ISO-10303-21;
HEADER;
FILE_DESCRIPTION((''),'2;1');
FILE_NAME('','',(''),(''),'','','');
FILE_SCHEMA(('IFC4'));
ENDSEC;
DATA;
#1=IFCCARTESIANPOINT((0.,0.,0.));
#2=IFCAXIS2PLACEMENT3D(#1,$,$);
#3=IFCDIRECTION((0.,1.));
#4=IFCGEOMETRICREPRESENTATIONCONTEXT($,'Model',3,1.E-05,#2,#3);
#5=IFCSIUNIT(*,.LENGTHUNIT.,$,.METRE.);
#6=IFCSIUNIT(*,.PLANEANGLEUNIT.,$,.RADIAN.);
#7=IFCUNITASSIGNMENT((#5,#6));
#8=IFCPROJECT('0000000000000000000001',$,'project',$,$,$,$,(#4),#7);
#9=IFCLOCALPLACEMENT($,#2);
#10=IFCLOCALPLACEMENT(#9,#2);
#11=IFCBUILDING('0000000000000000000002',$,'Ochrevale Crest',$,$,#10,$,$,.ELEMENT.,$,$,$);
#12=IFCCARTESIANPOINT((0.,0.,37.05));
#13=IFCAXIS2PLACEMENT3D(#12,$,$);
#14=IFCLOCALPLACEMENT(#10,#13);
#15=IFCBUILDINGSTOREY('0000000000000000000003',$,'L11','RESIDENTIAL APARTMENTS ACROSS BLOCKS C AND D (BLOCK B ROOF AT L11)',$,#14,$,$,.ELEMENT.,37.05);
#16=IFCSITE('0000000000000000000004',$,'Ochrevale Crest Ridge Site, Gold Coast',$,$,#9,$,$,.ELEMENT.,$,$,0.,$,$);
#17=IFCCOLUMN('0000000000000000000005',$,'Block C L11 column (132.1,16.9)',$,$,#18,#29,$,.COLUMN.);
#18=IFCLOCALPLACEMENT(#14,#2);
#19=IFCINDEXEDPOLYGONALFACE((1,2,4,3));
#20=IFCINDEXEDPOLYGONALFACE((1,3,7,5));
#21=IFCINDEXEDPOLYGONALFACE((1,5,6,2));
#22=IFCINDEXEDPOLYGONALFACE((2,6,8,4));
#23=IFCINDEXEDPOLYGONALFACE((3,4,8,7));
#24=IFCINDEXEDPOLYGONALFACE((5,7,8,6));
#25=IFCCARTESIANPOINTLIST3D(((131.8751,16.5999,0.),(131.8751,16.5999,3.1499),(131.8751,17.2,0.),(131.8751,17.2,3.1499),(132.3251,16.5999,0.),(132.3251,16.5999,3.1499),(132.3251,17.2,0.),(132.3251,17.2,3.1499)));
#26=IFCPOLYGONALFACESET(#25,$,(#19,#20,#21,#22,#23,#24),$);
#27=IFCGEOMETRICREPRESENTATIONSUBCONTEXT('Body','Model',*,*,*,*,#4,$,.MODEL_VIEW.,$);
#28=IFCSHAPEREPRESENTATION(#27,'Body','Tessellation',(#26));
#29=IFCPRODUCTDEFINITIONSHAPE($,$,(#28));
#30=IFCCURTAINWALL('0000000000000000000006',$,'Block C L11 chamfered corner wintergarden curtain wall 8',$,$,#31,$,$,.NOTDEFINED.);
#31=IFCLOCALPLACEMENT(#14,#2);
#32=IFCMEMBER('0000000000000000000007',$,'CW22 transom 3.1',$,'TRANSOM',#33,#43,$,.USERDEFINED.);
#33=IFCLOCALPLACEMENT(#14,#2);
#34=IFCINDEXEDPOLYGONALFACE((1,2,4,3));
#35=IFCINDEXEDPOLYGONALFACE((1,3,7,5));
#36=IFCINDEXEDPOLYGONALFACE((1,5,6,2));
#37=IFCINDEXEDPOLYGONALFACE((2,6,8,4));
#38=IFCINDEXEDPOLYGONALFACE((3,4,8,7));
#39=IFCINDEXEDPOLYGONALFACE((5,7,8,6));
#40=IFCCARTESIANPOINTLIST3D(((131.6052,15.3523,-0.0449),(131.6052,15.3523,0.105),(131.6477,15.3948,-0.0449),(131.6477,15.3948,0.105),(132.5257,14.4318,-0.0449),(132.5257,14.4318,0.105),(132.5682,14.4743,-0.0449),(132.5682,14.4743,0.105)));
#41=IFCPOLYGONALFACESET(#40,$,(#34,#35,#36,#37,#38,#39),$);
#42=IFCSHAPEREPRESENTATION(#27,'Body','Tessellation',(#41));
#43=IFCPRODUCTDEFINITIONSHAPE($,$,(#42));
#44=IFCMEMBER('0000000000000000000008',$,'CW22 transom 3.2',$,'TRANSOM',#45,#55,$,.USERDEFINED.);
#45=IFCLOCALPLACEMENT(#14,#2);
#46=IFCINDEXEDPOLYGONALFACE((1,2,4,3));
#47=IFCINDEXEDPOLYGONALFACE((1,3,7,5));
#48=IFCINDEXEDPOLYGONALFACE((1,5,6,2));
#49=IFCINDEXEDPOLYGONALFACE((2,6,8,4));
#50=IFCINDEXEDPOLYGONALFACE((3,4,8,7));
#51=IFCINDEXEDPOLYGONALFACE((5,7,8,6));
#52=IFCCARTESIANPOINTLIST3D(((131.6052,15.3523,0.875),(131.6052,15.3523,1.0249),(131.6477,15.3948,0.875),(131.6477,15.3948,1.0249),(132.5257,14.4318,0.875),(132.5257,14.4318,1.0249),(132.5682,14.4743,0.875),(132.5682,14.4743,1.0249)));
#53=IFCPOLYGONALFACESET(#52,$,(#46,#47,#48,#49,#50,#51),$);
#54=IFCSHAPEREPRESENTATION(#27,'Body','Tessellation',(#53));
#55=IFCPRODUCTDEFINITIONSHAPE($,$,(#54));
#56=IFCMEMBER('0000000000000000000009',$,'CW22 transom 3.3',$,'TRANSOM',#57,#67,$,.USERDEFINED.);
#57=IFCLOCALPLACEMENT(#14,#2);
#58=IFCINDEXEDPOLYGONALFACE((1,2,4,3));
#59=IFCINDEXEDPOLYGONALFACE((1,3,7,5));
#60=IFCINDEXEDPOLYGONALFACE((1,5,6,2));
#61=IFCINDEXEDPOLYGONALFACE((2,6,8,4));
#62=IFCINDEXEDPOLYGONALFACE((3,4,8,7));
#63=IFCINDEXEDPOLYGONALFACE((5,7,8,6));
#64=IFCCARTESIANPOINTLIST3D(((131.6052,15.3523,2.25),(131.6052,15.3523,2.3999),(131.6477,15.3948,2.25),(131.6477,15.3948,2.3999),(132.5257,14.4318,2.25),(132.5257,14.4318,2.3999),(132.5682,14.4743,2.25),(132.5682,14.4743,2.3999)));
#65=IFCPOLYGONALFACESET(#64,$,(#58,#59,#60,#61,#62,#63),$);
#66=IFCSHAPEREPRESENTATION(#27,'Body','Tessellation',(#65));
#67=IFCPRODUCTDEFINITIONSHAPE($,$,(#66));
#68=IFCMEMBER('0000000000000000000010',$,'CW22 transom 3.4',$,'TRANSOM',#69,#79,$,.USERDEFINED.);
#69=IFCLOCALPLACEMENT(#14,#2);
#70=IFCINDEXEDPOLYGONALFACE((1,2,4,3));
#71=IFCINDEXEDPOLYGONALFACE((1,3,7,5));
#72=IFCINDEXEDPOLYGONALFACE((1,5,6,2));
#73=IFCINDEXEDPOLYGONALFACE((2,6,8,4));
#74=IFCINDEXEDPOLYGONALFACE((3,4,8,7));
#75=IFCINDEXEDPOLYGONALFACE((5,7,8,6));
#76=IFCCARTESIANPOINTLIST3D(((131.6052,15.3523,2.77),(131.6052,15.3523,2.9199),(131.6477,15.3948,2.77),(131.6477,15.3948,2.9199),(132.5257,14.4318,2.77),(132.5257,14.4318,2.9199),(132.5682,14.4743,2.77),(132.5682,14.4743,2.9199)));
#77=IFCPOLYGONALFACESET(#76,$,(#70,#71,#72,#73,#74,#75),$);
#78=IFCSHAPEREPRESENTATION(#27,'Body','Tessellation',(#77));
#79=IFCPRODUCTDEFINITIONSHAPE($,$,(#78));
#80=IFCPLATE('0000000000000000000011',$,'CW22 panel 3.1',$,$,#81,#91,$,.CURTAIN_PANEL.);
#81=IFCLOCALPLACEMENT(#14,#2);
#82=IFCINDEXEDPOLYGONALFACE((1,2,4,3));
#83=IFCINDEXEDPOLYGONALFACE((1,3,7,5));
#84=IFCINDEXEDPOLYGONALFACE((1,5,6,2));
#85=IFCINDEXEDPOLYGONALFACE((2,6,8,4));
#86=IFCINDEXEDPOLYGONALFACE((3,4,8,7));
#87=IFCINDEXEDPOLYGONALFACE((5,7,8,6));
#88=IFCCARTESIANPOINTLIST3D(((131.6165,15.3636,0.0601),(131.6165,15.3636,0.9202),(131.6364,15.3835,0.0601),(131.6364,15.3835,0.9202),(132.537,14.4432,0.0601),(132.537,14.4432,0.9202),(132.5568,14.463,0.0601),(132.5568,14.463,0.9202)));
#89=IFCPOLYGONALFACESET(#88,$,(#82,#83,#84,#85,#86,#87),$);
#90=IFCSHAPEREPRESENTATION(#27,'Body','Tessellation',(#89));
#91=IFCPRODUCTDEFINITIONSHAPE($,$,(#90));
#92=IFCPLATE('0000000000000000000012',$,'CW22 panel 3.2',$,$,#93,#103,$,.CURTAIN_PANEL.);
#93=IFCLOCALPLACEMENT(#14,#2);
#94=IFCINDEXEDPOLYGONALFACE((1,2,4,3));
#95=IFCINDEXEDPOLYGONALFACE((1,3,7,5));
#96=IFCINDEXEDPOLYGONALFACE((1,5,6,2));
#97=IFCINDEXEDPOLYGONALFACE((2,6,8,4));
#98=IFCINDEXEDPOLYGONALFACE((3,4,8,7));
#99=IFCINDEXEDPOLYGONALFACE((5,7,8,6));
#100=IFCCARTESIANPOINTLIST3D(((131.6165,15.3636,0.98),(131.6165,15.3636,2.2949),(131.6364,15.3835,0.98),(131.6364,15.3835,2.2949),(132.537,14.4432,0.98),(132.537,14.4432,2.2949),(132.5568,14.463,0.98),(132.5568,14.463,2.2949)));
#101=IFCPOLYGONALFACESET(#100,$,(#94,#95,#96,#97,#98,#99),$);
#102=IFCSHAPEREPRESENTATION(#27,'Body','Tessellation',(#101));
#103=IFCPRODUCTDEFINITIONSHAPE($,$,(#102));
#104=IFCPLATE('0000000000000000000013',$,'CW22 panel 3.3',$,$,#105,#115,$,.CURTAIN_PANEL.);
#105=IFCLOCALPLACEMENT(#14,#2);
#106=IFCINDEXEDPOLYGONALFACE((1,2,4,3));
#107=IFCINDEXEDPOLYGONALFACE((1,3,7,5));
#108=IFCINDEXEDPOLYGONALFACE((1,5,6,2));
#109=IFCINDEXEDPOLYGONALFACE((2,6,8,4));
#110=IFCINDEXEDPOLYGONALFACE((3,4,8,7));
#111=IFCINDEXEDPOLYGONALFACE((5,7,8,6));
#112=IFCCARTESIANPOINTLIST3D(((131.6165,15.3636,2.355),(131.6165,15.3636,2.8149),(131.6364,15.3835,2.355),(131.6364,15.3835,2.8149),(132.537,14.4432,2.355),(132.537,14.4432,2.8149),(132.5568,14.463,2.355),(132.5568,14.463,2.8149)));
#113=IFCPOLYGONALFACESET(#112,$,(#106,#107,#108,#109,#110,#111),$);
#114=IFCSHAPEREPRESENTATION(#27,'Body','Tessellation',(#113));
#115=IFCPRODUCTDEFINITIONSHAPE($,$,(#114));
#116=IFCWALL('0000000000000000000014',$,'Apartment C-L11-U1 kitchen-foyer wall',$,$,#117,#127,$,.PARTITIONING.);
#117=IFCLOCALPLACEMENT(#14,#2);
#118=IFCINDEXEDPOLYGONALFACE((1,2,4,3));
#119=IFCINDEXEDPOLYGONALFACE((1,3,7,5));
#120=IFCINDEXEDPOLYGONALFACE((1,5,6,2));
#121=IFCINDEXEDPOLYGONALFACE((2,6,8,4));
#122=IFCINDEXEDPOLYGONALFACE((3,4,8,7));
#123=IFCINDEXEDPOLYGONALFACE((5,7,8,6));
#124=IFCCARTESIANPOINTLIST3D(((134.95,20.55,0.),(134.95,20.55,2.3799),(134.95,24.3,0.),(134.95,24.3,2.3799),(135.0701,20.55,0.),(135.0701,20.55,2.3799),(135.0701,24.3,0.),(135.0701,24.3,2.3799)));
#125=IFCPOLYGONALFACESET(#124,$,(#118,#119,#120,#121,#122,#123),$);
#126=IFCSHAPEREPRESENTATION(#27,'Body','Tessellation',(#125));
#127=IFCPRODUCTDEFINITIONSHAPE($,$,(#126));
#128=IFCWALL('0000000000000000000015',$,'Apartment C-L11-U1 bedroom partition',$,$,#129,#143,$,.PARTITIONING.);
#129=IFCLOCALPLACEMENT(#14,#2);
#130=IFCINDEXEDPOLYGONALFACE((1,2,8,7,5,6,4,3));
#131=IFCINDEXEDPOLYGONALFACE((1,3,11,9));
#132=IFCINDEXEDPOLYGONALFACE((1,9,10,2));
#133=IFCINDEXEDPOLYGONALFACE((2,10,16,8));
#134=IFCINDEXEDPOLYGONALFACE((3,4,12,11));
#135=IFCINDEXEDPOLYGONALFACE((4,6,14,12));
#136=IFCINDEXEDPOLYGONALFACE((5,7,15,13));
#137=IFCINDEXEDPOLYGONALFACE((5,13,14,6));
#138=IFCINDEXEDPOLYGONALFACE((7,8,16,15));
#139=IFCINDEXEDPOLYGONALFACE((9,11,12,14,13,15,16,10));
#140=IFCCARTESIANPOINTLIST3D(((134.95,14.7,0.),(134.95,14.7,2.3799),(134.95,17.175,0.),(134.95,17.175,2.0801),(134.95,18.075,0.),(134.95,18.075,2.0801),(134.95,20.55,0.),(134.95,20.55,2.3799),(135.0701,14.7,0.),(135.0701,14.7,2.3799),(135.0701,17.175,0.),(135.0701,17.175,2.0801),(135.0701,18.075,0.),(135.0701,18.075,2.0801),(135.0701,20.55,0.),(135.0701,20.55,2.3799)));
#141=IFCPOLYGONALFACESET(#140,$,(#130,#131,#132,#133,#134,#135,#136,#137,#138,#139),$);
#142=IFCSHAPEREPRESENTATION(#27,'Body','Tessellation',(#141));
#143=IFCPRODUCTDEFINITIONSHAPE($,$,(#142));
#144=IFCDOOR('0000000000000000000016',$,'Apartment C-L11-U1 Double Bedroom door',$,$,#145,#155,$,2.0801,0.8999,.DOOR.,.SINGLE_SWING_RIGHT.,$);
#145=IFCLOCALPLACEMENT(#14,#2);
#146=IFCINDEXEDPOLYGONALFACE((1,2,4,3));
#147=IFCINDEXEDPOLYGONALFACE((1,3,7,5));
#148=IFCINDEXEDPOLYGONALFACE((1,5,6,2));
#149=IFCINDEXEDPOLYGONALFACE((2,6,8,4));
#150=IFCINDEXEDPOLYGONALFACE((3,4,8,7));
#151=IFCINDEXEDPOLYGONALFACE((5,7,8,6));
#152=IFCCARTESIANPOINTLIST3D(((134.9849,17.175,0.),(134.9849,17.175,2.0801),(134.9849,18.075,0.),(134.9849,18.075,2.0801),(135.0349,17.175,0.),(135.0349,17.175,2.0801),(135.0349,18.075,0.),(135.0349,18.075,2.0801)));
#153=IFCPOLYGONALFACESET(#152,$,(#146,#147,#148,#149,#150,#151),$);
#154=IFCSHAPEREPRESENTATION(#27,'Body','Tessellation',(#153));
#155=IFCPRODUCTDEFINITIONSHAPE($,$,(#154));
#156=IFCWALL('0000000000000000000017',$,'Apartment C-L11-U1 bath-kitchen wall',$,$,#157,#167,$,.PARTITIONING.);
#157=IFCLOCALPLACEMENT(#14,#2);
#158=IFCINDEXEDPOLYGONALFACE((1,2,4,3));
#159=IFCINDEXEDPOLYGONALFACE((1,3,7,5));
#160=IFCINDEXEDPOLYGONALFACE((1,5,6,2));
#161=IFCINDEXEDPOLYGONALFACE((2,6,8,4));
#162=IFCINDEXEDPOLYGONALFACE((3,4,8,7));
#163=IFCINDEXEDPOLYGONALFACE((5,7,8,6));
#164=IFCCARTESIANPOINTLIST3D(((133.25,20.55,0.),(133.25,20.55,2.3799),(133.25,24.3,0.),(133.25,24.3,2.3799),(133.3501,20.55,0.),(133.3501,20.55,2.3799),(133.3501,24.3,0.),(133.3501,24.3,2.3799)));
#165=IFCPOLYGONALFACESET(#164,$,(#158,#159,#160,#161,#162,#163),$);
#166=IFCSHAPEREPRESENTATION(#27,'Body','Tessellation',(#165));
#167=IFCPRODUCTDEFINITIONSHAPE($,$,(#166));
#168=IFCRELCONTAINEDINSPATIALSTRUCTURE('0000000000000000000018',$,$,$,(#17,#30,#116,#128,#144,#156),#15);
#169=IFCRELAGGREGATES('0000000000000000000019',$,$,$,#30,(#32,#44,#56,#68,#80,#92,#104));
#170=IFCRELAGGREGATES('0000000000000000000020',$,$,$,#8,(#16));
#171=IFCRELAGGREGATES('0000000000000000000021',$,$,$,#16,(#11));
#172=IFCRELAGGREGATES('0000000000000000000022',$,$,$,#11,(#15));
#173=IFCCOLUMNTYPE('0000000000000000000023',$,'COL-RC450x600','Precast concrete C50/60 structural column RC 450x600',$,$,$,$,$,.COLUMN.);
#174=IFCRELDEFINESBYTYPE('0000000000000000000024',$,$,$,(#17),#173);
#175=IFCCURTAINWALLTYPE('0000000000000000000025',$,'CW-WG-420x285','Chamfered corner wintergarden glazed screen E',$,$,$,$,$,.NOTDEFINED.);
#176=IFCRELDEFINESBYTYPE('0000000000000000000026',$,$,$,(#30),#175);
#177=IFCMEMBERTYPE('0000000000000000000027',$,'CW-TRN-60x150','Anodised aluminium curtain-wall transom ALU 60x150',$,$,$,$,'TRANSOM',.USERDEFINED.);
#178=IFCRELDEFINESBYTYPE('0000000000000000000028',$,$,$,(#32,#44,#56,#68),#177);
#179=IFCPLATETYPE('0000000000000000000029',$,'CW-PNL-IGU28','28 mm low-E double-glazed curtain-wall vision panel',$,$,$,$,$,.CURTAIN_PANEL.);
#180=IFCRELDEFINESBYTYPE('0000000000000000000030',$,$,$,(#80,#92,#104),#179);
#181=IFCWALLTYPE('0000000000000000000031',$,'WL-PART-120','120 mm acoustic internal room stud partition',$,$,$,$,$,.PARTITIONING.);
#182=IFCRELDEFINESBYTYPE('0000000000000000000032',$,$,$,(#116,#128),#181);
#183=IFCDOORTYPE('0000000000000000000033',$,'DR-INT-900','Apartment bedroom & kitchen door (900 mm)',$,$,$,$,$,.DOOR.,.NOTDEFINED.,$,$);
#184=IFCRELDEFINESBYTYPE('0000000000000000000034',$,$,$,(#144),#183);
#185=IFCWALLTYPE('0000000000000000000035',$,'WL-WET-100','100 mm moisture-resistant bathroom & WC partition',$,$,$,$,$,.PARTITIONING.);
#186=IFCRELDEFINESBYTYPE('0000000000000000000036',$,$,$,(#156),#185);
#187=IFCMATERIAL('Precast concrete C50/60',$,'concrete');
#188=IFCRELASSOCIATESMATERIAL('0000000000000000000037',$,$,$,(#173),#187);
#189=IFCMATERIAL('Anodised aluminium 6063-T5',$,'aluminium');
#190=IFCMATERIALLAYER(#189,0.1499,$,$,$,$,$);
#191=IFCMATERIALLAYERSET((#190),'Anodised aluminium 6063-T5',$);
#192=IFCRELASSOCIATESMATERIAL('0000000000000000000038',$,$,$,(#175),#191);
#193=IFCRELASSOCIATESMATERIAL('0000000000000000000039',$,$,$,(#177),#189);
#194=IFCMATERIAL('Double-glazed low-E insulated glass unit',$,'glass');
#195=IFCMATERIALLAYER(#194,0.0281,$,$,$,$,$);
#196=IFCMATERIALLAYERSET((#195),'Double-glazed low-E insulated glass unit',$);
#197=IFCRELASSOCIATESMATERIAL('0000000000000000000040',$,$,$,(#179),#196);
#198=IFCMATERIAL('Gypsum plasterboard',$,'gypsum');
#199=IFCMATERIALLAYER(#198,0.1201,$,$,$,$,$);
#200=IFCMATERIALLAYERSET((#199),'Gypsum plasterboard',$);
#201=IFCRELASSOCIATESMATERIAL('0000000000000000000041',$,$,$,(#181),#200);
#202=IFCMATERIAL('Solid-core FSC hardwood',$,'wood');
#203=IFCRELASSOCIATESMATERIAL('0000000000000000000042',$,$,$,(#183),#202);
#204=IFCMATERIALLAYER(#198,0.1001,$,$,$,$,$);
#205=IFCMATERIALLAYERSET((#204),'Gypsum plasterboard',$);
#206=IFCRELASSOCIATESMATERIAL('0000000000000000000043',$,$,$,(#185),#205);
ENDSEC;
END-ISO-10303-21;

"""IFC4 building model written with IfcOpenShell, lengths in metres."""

from ifc_helpers import new_model, si_unit, direction, frame, frame_2d, origin, origin_2d, place, context, subcontext, project, spatial, rectangle, extrude, material, layer, layer_set, material_profile, profile_set, type_object, element, fill, aggregate, save


model = new_model("IFC4")

# Units and contexts
model_context = context("Model", 3, precision=1e-05, world=origin(), true_north=direction((0.0, 1.0)))
body_context = subcontext(model_context, "Body", "Model", "MODEL_VIEW")
ifc_project = project(units=[si_unit("LENGTHUNIT", "METRE"), si_unit("PLANEANGLEUNIT", "RADIAN")], contexts=[model_context])

# Site, building, storey
site_placement = place(None, origin())
site = spatial("IfcSite", under=ifc_project, at=site_placement, Name="Ochrevale Crest Ridge Site, Gold Coast", CompositionType="ELEMENT", RefElevation=0.0)
building_placement = place(site_placement, origin())
building = spatial("IfcBuilding", under=site, at=building_placement, Name="Ochrevale Crest", CompositionType="ELEMENT")
storey_placement = place(building_placement, frame((0.0, 0.0, 37.05)))
storey = spatial("IfcBuildingStorey", under=building, at=storey_placement, Name="L11", Description="RESIDENTIAL APARTMENTS ACROSS BLOCKS C AND D (BLOCK B ROOF AT L11)", CompositionType="ELEMENT", Elevation=37.05)

# Column
ifc_material_1 = material(Name="Precast concrete C50/60", Category="concrete")
ifc_material_profile_1 = material_profile(ifc_material_1, rectangle(XDim=0.45, YDim=0.6001, at=origin_2d()), Name="RC 450x600")
ifc_profile_set_1 = profile_set([ifc_material_profile_1], Name="Precast concrete C50/60")
column_type = type_object("IfcColumnType", Name="COL-RC450x600", Description="Precast concrete C50/60 structural column RC 450x600", PredefinedType="COLUMN", material=ifc_profile_set_1)
column_placement = place(storey_placement, frame((132.1001, 16.8999, 0.0), z_axis=(0.0, 0.0, 1.0), x_axis=(1.0, 0.0, 0.0)))
element("IfcColumn", 1, at=column_placement, inside=storey, type_object=column_type, Name="Block C L11 column (132.1,16.9)", PredefinedType="COLUMN", context=body_context, shape_type="SweptSolid", body=[
    extrude(rectangle(XDim=0.45, YDim=0.6001, at=origin_2d()), origin(), (0.0, 0.0, 1.0), 3.1499),
])

# Curtain wall, members, plates
ifc_material_2 = material(Name="Anodised aluminium 6063-T5", Category="aluminium")
ifc_layer_1 = layer(ifc_material_2, 0.1499)
ifc_layer_set_1 = layer_set([ifc_layer_1], Name="Anodised aluminium 6063-T5")
curtain_wall_type = type_object("IfcCurtainWallType", Name="CW-WG-420x285", Description="Chamfered corner wintergarden glazed screen E", PredefinedType="NOTDEFINED", material=ifc_layer_set_1)
curtain_wall_placement = place(storey_placement, origin())
curtain_wall = element("IfcCurtainWall", 2, at=curtain_wall_placement, inside=storey, type_object=curtain_wall_type, Name="Block C L11 chamfered corner wintergarden curtain wall 8", PredefinedType="NOTDEFINED")
ifc_material_profile_2 = material_profile(ifc_material_2, rectangle(XDim=0.0601, YDim=0.1499, at=origin_2d()), Name="ALU 60x150")
ifc_profile_set_2 = profile_set([ifc_material_profile_2], Name="Anodised aluminium 6063-T5")
member_type = type_object("IfcMemberType", Name="CW-TRN-60x150", Description="Anodised aluminium curtain-wall transom ALU 60x150", ElementType="TRANSOM", PredefinedType="USERDEFINED", material=ifc_profile_set_2)
member_1_placement = place(storey_placement, frame((131.6265, 15.3735, 0.03), z_axis=(0.707107, -0.707107, 0.0), x_axis=(0.707107, 0.707107, 0.0)))
member_1 = element("IfcMember", 3, at=member_1_placement, type_object=member_type, Name="CW22 transom 3.1", ObjectType="TRANSOM", PredefinedType="USERDEFINED", context=body_context, shape_type="SweptSolid", body=[
    extrude(rectangle(XDim=0.0601, YDim=0.1499, at=origin_2d()), origin(), (0.0, 0.0, 1.0), 1.3018),
])
member_2_placement = place(storey_placement, frame((131.6265, 15.3735, 0.95), z_axis=(0.707107, -0.707107, 0.0), x_axis=(0.707107, 0.707107, 0.0)))
member_2 = element("IfcMember", 4, at=member_2_placement, type_object=member_type, Name="CW22 transom 3.2", ObjectType="TRANSOM", PredefinedType="USERDEFINED", context=body_context, shape_type="SweptSolid", body=[
    extrude(rectangle(XDim=0.0601, YDim=0.1499, at=origin_2d()), origin(), (0.0, 0.0, 1.0), 1.3018),
])
member_3_placement = place(storey_placement, frame((131.6265, 15.3735, 2.325), z_axis=(0.707107, -0.707107, 0.0), x_axis=(0.707107, 0.707107, 0.0)))
member_3 = element("IfcMember", 5, at=member_3_placement, type_object=member_type, Name="CW22 transom 3.3", ObjectType="TRANSOM", PredefinedType="USERDEFINED", context=body_context, shape_type="SweptSolid", body=[
    extrude(rectangle(XDim=0.0601, YDim=0.1499, at=origin_2d()), origin(), (0.0, 0.0, 1.0), 1.3018),
])
member_4_placement = place(storey_placement, frame((131.6265, 15.3735, 2.845), z_axis=(0.707107, -0.707107, 0.0), x_axis=(0.707107, 0.707107, 0.0)))
member_4 = element("IfcMember", 6, at=member_4_placement, type_object=member_type, Name="CW22 transom 3.4", ObjectType="TRANSOM", PredefinedType="USERDEFINED", context=body_context, shape_type="SweptSolid", body=[
    extrude(rectangle(XDim=0.0601, YDim=0.1499, at=origin_2d()), origin(), (0.0, 0.0, 1.0), 1.3018),
])
ifc_material_3 = material(Name="Double-glazed low-E insulated glass unit", Category="glass")
ifc_layer_2 = layer(ifc_material_3, 0.0281)
ifc_layer_set_2 = layer_set([ifc_layer_2], Name="Double-glazed low-E insulated glass unit")
plate_type = type_object("IfcPlateType", Name="CW-PNL-IGU28", Description="28 mm low-E double-glazed curtain-wall vision panel", PredefinedType="CURTAIN_PANEL", material=ifc_layer_set_2)
plate_1_placement = place(storey_placement, frame((132.0867, 14.9133, 0.0601), z_axis=(0.0, 0.0, 1.0), x_axis=(0.707107, -0.707107, 0.0)))
plate_1 = element("IfcPlate", 7, at=plate_1_placement, type_object=plate_type, Name="CW22 panel 3.1", PredefinedType="CURTAIN_PANEL", context=body_context, shape_type="SweptSolid", body=[
    extrude(rectangle(XDim=1.3018, YDim=0.0281, at=origin_2d()), origin(), (0.0, 0.0, 1.0), 0.8601),
])
plate_2_placement = place(storey_placement, frame((132.0867, 14.9133, 0.98), z_axis=(0.0, 0.0, 1.0), x_axis=(0.707107, -0.707107, 0.0)))
plate_2 = element("IfcPlate", 8, at=plate_2_placement, type_object=plate_type, Name="CW22 panel 3.2", PredefinedType="CURTAIN_PANEL", context=body_context, shape_type="SweptSolid", body=[
    extrude(rectangle(XDim=1.3018, YDim=0.0281, at=origin_2d()), origin(), (0.0, 0.0, 1.0), 1.3149),
])
plate_3_placement = place(storey_placement, frame((132.0867, 14.9133, 2.355), z_axis=(0.0, 0.0, 1.0), x_axis=(0.707107, -0.707107, 0.0)))
plate_3 = element("IfcPlate", 9, at=plate_3_placement, type_object=plate_type, Name="CW22 panel 3.3", PredefinedType="CURTAIN_PANEL", context=body_context, shape_type="SweptSolid", body=[
    extrude(rectangle(XDim=1.3018, YDim=0.0281, at=origin_2d()), origin(), (0.0, 0.0, 1.0), 0.46),
])
aggregate(curtain_wall, [member_1, member_2, member_3, member_4, plate_1, plate_2, plate_3])

# Wall
ifc_material_4 = material(Name="Gypsum plasterboard", Category="gypsum")
ifc_layer_3 = layer(ifc_material_4, 0.1201)
ifc_layer_set_3 = layer_set([ifc_layer_3], Name="Gypsum plasterboard")
wall_type_1 = type_object("IfcWallType", Name="WL-PART-120", Description="120 mm acoustic internal room stud partition", PredefinedType="PARTITIONING", material=ifc_layer_set_3)
wall_1_placement = place(storey_placement, frame((135.01, 20.55, 0.0), z_axis=(0.0, 0.0, 1.0), x_axis=(0.0, 1.0, 0.0)))
element("IfcWall", 10, at=wall_1_placement, inside=storey, type_object=wall_type_1, Name="Apartment C-L11-U1 kitchen-foyer wall", PredefinedType="PARTITIONING", context=body_context, shape_type="SweptSolid", body=[
    extrude(rectangle(XDim=3.75, YDim=0.1201, at=frame_2d((1.875, 0.0))), origin(), (0.0, 0.0, 1.0), 2.3799),
])

# Wall, opening, door
wall_2_placement = place(storey_placement, frame((135.01, 14.7, 0.0), z_axis=(0.0, 0.0, 1.0), x_axis=(0.0, 1.0, 0.0)))
wall_2 = element("IfcWall", 11, at=wall_2_placement, inside=storey, type_object=wall_type_1, Name="Apartment C-L11-U1 bedroom partition", PredefinedType="PARTITIONING", context=body_context, shape_type="SweptSolid", body=[
    extrude(rectangle(XDim=5.8501, YDim=0.1201, at=frame_2d((2.925, 0.0))), origin(), (0.0, 0.0, 1.0), 2.3799),
])
opening_1_placement = place(wall_2_placement, frame((3.375, 0.0, 0.0), z_axis=(0.0, 0.0, 1.0), x_axis=(-1.0, 0.0, 0.0)))
opening_1 = element("IfcOpeningElement", 12, at=opening_1_placement, cuts=wall_2, PredefinedType="OPENING", context=body_context, shape_type="SweptSolid", body=[
    extrude(rectangle(XDim=0.8999, YDim=2.0801, at=frame_2d((0.45, 1.04))), frame((0.0, 0.0701, 0.0), z_axis=(0.0, -1.0, 0.0), x_axis=(1.0, 0.0, 0.0)), (0.0, 0.0, 1.0), 0.1401),
])
ifc_material_5 = material(Name="Solid-core FSC hardwood", Category="wood")
door_type_1 = type_object("IfcDoorType", Name="DR-INT-900", Description="Apartment bedroom & kitchen door (900 mm)", OperationType="NOTDEFINED", PredefinedType="DOOR", material=ifc_material_5)
door_1_placement = place(opening_1_placement, origin())
door_1 = element("IfcDoor", 13, at=door_1_placement, inside=storey, type_object=door_type_1, Name="Apartment C-L11-U1 Double Bedroom door", OperationType="SINGLE_SWING_RIGHT", OverallHeight=2.0801, OverallWidth=0.8999, PredefinedType="DOOR", context=body_context, shape_type="SweptSolid", body=[
    extrude(rectangle(XDim=0.8999, YDim=2.0801, at=frame_2d((0.45, 1.04))), frame((0.0, 0.0249, 0.0), z_axis=(0.0, -1.0, 0.0), x_axis=(1.0, 0.0, 0.0)), (0.0, 0.0, 1.0), 0.05),
])
fill(opening_1, door_1)

# Wall
ifc_layer_4 = layer(ifc_material_4, 0.1001)
ifc_layer_set_4 = layer_set([ifc_layer_4], Name="Gypsum plasterboard")
wall_type_2 = type_object("IfcWallType", Name="WL-WET-100", Description="100 mm moisture-resistant bathroom & WC partition", PredefinedType="PARTITIONING", material=ifc_layer_set_4)
wall_3_placement = place(storey_placement, frame((133.3, 20.55, 0.0), z_axis=(0.0, 0.0, 1.0), x_axis=(0.0, 1.0, 0.0)))
element("IfcWall", 14, at=wall_3_placement, inside=storey, type_object=wall_type_2, Name="Apartment C-L11-U1 bath-kitchen wall", PredefinedType="PARTITIONING", context=body_context, shape_type="SweptSolid", body=[
    extrude(rectangle(XDim=3.75, YDim=0.1001, at=frame_2d((1.875, 0.0))), origin(), (0.0, 0.0, 1.0), 2.3799),
])

save(model, "model.ifc")
